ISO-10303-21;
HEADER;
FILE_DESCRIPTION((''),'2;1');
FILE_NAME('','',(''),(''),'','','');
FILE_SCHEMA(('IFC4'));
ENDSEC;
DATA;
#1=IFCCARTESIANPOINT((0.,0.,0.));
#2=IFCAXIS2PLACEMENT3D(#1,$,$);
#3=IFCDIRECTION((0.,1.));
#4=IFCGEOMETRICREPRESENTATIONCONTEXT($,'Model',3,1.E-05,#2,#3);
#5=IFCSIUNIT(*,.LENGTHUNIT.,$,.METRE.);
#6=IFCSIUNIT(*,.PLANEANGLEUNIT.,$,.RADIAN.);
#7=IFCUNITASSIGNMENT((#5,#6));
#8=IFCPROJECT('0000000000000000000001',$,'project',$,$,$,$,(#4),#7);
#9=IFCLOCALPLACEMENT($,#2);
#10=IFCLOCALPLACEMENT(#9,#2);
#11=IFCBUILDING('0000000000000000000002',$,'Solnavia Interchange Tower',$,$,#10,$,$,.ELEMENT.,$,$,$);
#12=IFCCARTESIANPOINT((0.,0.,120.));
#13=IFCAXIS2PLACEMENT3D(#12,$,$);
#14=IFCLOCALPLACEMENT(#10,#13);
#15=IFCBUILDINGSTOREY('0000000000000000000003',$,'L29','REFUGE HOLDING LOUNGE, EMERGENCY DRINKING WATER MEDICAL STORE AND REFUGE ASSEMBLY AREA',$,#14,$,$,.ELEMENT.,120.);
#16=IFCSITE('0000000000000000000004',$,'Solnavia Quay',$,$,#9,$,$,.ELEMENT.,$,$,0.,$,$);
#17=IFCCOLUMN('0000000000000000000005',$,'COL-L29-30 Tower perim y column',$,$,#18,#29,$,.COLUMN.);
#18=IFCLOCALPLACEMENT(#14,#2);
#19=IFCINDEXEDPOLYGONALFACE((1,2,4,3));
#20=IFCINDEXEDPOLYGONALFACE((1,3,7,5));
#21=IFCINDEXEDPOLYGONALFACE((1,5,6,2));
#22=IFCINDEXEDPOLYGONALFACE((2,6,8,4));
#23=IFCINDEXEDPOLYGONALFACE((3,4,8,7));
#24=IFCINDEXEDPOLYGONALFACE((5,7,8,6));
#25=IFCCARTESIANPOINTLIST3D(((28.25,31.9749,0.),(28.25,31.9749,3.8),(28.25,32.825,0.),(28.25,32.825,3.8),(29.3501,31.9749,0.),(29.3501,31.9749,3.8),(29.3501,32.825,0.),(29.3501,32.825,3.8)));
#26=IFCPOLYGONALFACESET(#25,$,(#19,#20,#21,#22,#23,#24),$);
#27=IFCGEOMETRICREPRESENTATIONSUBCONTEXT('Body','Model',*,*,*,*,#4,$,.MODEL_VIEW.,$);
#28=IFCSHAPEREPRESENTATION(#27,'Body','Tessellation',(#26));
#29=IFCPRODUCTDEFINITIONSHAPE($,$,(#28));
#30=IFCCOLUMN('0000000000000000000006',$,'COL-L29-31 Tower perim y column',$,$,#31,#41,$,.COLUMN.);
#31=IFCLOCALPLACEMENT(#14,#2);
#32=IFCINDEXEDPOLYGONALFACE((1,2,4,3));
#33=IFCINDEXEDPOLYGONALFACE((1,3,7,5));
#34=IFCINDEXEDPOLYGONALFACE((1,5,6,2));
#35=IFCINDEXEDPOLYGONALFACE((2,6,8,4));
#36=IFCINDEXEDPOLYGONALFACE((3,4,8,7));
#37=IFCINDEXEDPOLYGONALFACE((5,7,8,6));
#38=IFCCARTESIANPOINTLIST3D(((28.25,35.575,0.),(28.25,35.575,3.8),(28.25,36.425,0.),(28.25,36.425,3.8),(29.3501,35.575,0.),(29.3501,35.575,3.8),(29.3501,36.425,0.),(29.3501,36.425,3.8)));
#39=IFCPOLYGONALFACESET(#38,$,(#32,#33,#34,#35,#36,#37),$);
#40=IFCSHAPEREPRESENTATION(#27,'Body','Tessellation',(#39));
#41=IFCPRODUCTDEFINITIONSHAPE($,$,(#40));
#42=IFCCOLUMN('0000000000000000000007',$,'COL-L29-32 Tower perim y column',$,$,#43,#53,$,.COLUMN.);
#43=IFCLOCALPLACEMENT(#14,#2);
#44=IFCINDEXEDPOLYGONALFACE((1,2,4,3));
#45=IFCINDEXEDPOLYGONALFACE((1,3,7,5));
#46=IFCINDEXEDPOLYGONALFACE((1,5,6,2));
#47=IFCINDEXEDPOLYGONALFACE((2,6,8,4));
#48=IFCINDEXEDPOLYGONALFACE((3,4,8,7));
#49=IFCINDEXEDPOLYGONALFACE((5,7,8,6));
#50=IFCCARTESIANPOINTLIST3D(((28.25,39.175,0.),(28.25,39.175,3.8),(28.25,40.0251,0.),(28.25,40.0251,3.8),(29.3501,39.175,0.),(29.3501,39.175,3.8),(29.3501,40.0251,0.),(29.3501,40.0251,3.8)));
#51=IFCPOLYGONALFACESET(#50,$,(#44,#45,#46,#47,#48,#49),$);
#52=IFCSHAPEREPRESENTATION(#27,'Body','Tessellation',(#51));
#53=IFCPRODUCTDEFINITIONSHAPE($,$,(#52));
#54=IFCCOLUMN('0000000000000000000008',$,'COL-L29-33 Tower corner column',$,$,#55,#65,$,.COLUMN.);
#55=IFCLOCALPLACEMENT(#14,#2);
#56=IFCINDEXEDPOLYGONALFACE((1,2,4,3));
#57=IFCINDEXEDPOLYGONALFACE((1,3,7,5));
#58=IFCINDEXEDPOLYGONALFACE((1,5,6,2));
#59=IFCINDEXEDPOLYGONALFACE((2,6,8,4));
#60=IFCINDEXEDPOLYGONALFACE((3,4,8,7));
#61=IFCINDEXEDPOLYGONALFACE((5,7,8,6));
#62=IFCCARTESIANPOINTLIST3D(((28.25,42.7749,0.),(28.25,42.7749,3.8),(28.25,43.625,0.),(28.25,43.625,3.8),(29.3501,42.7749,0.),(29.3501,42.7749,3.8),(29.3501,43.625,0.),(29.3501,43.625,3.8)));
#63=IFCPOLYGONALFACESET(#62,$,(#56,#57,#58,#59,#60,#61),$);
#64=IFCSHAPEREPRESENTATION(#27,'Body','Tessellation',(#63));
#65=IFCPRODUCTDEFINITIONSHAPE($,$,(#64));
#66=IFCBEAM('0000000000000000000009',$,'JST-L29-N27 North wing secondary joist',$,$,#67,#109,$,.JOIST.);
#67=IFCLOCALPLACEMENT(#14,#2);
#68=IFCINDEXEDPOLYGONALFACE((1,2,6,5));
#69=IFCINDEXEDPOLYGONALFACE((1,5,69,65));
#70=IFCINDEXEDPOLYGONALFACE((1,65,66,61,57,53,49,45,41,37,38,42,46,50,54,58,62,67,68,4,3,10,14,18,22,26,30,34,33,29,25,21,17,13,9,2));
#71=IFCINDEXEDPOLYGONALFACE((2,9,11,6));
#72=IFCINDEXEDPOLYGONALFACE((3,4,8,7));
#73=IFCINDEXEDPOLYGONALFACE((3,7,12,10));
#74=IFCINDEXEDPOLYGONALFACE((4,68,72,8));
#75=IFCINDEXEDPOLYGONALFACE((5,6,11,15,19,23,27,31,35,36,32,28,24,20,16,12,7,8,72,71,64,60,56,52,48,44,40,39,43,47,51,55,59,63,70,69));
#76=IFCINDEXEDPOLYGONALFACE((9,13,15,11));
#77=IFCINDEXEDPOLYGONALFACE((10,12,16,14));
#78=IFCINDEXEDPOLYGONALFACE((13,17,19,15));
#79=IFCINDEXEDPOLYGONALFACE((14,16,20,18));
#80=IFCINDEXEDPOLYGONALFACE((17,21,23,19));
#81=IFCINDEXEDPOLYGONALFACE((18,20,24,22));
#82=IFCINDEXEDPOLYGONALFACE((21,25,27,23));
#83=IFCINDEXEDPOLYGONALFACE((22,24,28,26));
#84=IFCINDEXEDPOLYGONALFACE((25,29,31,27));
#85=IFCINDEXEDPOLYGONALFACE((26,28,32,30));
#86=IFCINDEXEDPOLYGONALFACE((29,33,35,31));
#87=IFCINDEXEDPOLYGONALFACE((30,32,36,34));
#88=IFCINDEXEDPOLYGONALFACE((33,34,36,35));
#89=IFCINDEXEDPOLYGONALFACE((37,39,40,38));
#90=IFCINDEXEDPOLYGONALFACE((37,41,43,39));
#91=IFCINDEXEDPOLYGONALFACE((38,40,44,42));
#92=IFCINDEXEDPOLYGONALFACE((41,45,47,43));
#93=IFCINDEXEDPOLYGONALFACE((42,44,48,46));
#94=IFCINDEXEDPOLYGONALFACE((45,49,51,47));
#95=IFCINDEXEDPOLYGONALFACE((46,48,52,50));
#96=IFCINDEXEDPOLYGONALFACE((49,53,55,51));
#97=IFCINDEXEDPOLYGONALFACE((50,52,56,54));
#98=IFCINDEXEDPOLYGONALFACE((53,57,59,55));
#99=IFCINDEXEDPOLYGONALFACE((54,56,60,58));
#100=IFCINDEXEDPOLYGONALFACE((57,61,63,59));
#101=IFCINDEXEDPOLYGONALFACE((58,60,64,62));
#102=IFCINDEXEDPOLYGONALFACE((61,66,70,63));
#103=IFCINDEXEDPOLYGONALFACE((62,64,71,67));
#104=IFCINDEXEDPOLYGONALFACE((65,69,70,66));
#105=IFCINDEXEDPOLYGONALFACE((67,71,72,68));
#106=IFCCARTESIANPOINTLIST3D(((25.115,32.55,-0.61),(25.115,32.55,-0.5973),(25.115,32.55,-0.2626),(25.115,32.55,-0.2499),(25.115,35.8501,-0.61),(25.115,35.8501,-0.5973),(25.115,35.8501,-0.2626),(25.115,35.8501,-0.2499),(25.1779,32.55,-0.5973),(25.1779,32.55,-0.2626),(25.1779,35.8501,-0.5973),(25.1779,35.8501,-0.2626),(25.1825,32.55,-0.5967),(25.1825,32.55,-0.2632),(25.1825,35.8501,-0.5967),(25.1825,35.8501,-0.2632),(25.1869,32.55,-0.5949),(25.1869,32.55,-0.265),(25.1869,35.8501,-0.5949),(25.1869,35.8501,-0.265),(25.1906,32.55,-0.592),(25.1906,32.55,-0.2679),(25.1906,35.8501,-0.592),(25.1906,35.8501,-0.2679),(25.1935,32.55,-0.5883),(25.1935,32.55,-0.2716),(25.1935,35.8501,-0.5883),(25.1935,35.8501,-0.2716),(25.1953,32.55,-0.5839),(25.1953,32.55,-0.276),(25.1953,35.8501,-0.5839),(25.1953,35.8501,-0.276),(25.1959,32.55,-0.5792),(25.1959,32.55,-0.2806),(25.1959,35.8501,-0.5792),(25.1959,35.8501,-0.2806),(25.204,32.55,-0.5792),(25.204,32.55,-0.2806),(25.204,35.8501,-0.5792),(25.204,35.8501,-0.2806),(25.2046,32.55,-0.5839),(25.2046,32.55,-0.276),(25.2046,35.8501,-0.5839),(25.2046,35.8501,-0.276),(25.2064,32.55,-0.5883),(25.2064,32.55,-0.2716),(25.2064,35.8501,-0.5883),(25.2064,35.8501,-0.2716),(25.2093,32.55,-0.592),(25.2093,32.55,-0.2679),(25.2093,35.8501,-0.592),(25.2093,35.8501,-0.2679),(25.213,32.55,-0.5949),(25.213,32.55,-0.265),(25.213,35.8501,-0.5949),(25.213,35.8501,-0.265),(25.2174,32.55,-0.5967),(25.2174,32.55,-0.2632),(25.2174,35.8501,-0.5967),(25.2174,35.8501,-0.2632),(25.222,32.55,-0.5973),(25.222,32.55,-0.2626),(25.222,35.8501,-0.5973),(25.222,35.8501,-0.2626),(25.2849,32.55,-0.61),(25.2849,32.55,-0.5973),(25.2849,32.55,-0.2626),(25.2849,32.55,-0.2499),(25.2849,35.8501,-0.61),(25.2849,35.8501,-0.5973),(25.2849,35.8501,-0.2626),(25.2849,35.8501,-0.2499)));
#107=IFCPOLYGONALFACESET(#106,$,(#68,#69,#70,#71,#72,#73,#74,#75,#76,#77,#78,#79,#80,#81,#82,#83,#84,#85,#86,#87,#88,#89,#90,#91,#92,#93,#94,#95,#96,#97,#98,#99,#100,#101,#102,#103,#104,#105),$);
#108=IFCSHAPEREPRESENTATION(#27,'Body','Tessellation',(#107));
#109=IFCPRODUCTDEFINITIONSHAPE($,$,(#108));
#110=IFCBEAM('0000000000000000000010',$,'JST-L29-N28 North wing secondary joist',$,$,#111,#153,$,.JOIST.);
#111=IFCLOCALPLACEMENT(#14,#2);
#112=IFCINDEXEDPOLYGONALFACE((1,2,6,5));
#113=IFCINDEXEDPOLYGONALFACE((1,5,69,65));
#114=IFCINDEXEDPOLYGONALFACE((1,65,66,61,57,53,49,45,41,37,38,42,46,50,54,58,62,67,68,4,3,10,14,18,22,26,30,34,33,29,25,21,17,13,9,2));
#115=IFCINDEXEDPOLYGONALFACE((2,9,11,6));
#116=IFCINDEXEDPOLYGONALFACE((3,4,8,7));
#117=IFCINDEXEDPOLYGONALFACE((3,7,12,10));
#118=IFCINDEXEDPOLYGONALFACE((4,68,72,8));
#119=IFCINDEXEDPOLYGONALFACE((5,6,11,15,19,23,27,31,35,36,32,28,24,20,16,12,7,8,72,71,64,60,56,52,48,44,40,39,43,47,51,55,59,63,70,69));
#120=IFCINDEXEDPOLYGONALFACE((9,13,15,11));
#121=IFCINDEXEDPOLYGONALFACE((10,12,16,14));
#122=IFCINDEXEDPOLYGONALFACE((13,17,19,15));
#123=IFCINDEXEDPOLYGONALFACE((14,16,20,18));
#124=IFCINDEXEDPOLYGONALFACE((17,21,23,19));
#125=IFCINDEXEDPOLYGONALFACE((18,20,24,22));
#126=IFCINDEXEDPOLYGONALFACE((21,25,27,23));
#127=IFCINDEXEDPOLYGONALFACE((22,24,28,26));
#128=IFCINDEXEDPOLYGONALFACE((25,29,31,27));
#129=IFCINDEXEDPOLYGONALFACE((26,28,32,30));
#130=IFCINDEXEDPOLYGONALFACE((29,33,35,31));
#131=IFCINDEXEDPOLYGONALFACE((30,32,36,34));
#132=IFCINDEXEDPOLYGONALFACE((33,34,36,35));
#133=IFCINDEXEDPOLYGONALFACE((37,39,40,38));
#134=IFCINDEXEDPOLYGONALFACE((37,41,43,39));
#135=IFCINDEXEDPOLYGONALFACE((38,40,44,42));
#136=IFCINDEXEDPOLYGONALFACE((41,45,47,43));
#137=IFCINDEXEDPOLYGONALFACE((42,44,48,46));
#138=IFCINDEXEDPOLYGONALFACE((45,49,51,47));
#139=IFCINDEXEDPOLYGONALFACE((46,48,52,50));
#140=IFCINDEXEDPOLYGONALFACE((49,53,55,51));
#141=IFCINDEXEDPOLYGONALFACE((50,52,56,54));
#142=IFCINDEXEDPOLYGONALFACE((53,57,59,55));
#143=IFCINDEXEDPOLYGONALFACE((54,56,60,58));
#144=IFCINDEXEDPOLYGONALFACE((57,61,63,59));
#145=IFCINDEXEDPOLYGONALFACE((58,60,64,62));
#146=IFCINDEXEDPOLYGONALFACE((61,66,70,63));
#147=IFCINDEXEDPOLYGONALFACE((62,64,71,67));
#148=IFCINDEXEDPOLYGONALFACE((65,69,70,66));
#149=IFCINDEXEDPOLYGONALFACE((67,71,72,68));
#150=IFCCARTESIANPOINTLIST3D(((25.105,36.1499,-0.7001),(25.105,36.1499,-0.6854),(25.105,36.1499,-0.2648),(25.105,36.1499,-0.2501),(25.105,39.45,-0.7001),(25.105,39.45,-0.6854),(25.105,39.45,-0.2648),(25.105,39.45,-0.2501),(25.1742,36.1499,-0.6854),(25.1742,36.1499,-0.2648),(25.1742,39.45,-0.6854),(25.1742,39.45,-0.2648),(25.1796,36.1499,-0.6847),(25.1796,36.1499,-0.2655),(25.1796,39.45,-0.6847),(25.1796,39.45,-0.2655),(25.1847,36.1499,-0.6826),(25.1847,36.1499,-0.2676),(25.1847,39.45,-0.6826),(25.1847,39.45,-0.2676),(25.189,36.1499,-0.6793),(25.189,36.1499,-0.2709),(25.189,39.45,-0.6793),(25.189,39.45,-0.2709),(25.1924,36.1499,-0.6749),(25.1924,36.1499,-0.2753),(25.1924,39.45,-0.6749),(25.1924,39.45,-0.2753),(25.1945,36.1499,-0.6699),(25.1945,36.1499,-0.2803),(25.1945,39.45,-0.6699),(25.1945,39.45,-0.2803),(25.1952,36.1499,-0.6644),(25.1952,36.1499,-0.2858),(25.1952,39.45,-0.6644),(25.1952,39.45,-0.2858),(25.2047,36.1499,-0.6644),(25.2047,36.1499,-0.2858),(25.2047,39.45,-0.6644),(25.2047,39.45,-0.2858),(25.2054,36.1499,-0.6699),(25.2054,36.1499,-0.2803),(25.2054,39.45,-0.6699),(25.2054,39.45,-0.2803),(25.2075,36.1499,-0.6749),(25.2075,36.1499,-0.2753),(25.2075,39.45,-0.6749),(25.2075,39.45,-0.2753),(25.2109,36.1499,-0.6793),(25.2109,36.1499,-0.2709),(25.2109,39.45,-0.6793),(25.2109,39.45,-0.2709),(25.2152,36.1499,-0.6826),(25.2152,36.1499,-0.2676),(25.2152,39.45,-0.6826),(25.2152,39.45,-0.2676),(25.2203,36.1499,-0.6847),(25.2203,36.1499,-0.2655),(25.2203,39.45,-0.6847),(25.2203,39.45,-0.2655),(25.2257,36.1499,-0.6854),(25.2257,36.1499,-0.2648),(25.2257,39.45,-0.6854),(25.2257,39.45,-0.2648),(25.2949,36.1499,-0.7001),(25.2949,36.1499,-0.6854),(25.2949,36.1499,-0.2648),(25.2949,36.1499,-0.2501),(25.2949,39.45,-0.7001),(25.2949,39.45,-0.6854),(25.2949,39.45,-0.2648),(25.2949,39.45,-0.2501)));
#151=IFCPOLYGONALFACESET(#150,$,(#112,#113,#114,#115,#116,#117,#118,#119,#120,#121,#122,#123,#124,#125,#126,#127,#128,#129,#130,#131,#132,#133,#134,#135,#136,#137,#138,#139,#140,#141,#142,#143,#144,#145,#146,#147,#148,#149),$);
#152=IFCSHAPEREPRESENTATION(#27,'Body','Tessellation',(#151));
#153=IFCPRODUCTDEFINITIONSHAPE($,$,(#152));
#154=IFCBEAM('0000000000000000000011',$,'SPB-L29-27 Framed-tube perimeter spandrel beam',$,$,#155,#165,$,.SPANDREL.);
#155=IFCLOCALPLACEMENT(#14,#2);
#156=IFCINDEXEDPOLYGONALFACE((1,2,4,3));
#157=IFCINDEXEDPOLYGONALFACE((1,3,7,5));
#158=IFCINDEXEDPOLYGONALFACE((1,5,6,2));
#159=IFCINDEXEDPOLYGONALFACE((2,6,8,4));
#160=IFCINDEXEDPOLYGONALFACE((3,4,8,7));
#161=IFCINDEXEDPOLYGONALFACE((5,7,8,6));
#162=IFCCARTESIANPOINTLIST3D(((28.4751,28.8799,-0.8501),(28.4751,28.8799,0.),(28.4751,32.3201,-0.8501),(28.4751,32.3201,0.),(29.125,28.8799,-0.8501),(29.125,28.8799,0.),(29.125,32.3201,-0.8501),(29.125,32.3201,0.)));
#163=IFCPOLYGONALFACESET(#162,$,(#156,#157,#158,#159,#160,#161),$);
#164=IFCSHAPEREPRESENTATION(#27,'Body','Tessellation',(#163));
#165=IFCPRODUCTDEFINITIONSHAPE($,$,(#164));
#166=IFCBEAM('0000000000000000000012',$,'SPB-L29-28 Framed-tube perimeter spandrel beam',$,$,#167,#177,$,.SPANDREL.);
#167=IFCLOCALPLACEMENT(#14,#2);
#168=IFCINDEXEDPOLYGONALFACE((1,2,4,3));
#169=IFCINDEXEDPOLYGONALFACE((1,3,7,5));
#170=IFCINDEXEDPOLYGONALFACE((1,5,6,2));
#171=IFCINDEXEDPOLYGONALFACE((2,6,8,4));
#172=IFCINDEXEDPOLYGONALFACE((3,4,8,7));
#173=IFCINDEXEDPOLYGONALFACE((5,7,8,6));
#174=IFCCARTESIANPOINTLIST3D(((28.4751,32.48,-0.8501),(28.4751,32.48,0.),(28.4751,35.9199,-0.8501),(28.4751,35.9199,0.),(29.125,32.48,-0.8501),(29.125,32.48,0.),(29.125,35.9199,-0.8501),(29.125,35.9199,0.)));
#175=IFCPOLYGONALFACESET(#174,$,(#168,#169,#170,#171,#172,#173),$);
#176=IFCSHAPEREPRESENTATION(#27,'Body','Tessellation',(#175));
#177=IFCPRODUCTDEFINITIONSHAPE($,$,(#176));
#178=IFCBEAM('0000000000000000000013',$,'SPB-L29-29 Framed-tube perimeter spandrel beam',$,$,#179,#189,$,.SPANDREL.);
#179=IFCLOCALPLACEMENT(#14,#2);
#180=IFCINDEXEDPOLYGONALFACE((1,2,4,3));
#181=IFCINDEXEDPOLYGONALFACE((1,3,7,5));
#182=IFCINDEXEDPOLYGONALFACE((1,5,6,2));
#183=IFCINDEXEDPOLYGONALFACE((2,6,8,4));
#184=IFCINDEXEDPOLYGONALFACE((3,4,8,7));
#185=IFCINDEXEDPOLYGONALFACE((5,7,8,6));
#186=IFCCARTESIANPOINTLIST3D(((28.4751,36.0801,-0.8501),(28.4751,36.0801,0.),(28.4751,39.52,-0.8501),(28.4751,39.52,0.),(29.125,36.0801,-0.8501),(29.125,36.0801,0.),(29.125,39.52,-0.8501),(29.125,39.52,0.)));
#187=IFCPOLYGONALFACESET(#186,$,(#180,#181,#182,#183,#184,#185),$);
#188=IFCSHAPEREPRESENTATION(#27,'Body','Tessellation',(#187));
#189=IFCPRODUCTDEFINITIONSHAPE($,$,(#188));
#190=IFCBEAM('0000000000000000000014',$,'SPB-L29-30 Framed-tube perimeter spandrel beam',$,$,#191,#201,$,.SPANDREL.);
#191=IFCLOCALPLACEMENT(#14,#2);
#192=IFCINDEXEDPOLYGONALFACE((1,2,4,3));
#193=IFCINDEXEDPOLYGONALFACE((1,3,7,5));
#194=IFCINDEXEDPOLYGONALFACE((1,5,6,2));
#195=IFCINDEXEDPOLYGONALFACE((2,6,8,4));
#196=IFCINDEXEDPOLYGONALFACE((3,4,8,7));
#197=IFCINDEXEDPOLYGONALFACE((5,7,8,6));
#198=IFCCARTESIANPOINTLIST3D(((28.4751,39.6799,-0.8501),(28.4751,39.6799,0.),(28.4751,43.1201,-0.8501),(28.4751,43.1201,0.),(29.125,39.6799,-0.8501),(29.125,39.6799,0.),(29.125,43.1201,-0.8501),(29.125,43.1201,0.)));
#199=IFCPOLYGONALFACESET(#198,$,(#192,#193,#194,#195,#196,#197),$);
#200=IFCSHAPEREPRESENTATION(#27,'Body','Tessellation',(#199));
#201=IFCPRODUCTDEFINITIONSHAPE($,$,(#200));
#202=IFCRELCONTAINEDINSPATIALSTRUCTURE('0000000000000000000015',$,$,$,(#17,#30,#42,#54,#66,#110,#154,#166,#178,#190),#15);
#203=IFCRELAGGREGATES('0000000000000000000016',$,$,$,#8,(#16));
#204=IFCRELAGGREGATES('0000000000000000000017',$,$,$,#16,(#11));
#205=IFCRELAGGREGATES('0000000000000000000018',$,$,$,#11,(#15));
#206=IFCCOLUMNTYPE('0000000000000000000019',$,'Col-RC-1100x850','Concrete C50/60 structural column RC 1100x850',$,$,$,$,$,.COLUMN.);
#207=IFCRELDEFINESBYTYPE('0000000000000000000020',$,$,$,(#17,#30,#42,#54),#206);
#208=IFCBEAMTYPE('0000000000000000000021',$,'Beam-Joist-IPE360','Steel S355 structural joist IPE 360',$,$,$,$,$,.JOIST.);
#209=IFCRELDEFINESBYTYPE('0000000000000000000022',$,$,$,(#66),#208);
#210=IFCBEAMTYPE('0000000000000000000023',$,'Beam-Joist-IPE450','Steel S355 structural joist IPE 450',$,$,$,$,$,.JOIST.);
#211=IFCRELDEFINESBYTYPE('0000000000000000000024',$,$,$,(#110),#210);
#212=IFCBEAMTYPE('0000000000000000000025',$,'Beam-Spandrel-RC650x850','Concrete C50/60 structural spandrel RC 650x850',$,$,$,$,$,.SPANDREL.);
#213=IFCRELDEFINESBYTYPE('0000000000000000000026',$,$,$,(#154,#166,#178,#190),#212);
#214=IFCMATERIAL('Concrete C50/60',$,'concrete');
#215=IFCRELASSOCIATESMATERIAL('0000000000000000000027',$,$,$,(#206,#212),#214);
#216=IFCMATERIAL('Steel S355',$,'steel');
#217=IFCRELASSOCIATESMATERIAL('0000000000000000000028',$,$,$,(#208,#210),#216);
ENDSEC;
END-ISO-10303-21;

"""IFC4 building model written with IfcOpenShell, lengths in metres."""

from ifc_helpers import new_model, si_unit, direction, frame, origin, origin_2d, place, context, subcontext, project, spatial, rectangle, i_section, extrude, material, material_profile, profile_set, type_object, element, save


model = new_model("IFC4")

# Units and contexts
model_context = context("Model", 3, precision=1e-05, world=origin(), true_north=direction((0.0, 1.0)))
body_context = subcontext(model_context, "Body", "Model", "MODEL_VIEW")
ifc_project = project(units=[si_unit("LENGTHUNIT", "METRE"), si_unit("PLANEANGLEUNIT", "RADIAN")], contexts=[model_context])

# Site, building, storey
site_placement = place(None, origin())
site = spatial("IfcSite", under=ifc_project, at=site_placement, Name="Solnavia Quay", CompositionType="ELEMENT", RefElevation=0.0)
building_placement = place(site_placement, origin())
building = spatial("IfcBuilding", under=site, at=building_placement, Name="Solnavia Interchange Tower", CompositionType="ELEMENT")
storey_placement = place(building_placement, frame((0.0, 0.0, 120.0)))
storey = spatial("IfcBuildingStorey", under=building, at=storey_placement, Name="L29", Description="REFUGE HOLDING LOUNGE, EMERGENCY DRINKING WATER MEDICAL STORE AND REFUGE ASSEMBLY AREA", CompositionType="ELEMENT", Elevation=120.0)

# Columns
ifc_material_1 = material(Name="Concrete C50/60", Category="concrete")
ifc_material_profile_1 = material_profile(ifc_material_1, rectangle(XDim=0.8501, YDim=1.1001, at=origin_2d()), Name="RC 1100x850")
ifc_profile_set_1 = profile_set([ifc_material_profile_1], Name="Concrete C50/60")
column_type = type_object("IfcColumnType", Name="Col-RC-1100x850", Description="Concrete C50/60 structural column RC 1100x850", PredefinedType="COLUMN", material=ifc_profile_set_1)
for number, where, z_axis, x_axis, name in (
    (1, (28.8, 32.3999, 0.0), (0.0, 0.0, 1.0), (0.0, 1.0, 0.0), "COL-L29-30 Tower perim y column"),
    (2, (28.8, 36.0, 0.0), (0.0, 0.0, 1.0), (0.0, 1.0, 0.0), "COL-L29-31 Tower perim y column"),
    (3, (28.8, 39.6001, 0.0), (0.0, 0.0, 1.0), (0.0, 1.0, 0.0), "COL-L29-32 Tower perim y column"),
    (4, (28.8, 43.2, 0.0), (0.0, 0.0, 1.0), (0.0, 1.0, 0.0), "COL-L29-33 Tower corner column"),
):
    element("IfcColumn", number, at=place(storey_placement, frame(where, z_axis=z_axis, x_axis=x_axis)), inside=storey, type_object=column_type, Name=name, PredefinedType="COLUMN", context=body_context, shape_type="SweptSolid", body=[
        extrude(rectangle(XDim=0.8501, YDim=1.1001, at=origin_2d()), origin(), (0.0, 0.0, 1.0), 3.8),
    ])

# Beams
ifc_material_2 = material(Name="Steel S355", Category="steel")
ifc_material_profile_2 = material_profile(ifc_material_2, i_section(OverallWidth=0.1699, OverallDepth=0.3601, WebThickness=0.0081, FlangeThickness=0.0127, FilletRadius=0.0181, at=origin_2d()), Name="IPE 360")
ifc_profile_set_2 = profile_set([ifc_material_profile_2], Name="Steel S355")
beam_type_1 = type_object("IfcBeamType", Name="Beam-Joist-IPE360", Description="Steel S355 structural joist IPE 360", PredefinedType="JOIST", material=ifc_profile_set_2)
beam_1_placement = place(storey_placement, frame((25.2, 32.55, -0.4299), z_axis=(0.0, 1.0, 0.0), x_axis=(-1.0, 0.0, 0.0)))
element("IfcBeam", 5, at=beam_1_placement, inside=storey, type_object=beam_type_1, Name="JST-L29-N27 North wing secondary joist", PredefinedType="JOIST", context=body_context, shape_type="SweptSolid", body=[
    extrude(i_section(OverallWidth=0.1699, OverallDepth=0.3601, WebThickness=0.0081, FlangeThickness=0.0127, FilletRadius=0.0181, at=origin_2d()), origin(), (0.0, 0.0, 1.0), 3.3),
])
ifc_material_profile_3 = material_profile(ifc_material_2, i_section(OverallWidth=0.1899, OverallDepth=0.45, WebThickness=0.0095, FlangeThickness=0.0146, FilletRadius=0.021, at=origin_2d()), Name="IPE 450")
ifc_profile_set_3 = profile_set([ifc_material_profile_3], Name="Steel S355")
beam_type_2 = type_object("IfcBeamType", Name="Beam-Joist-IPE450", Description="Steel S355 structural joist IPE 450", PredefinedType="JOIST", material=ifc_profile_set_3)
beam_2_placement = place(storey_placement, frame((25.2, 36.1499, -0.4751), z_axis=(0.0, 1.0, 0.0), x_axis=(-1.0, 0.0, 0.0)))
element("IfcBeam", 6, at=beam_2_placement, inside=storey, type_object=beam_type_2, Name="JST-L29-N28 North wing secondary joist", PredefinedType="JOIST", context=body_context, shape_type="SweptSolid", body=[
    extrude(i_section(OverallWidth=0.1899, OverallDepth=0.45, WebThickness=0.0095, FlangeThickness=0.0146, FilletRadius=0.021, at=origin_2d()), origin(), (0.0, 0.0, 1.0), 3.3),
])
ifc_material_profile_4 = material_profile(ifc_material_1, rectangle(XDim=0.6499, YDim=0.8501, at=origin_2d()), Name="RC 650x850")
ifc_profile_set_4 = profile_set([ifc_material_profile_4], Name="Concrete C50/60")
beam_type_3 = type_object("IfcBeamType", Name="Beam-Spandrel-RC650x850", Description="Concrete C50/60 structural spandrel RC 650x850", PredefinedType="SPANDREL", material=ifc_profile_set_4)
beam_3_placement = place(storey_placement, frame((28.8, 28.8799, -0.425), z_axis=(0.0, 1.0, 0.0), x_axis=(-1.0, 0.0, 0.0)))
element("IfcBeam", 7, at=beam_3_placement, inside=storey, type_object=beam_type_3, Name="SPB-L29-27 Framed-tube perimeter spandrel beam", PredefinedType="SPANDREL", context=body_context, shape_type="SweptSolid", body=[
    extrude(rectangle(XDim=0.6499, YDim=0.8501, at=origin_2d()), origin(), (0.0, 0.0, 1.0), 3.4402),
])
for number, where, z_axis, x_axis, name in (
    (8, (28.8, 32.48, -0.425), (0.0, 1.0, 0.0), (-1.0, 0.0, 0.0), "SPB-L29-28 Framed-tube perimeter spandrel beam"),
    (9, (28.8, 36.0801, -0.425), (0.0, 1.0, 0.0), (-1.0, 0.0, 0.0), "SPB-L29-29 Framed-tube perimeter spandrel beam"),
):
    element("IfcBeam", number, at=place(storey_placement, frame(where, z_axis=z_axis, x_axis=x_axis)), inside=storey, type_object=beam_type_3, Name=name, PredefinedType="SPANDREL", context=body_context, shape_type="SweptSolid", body=[
        extrude(rectangle(XDim=0.6499, YDim=0.8501, at=origin_2d()), origin(), (0.0, 0.0, 1.0), 3.4399),
    ])
beam_4_placement = place(storey_placement, frame((28.8, 39.6799, -0.425), z_axis=(0.0, 1.0, 0.0), x_axis=(-1.0, 0.0, 0.0)))
element("IfcBeam", 10, at=beam_4_placement, inside=storey, type_object=beam_type_3, Name="SPB-L29-30 Framed-tube perimeter spandrel beam", PredefinedType="SPANDREL", context=body_context, shape_type="SweptSolid", body=[
    extrude(rectangle(XDim=0.6499, YDim=0.8501, at=origin_2d()), origin(), (0.0, 0.0, 1.0), 3.4402),
])

save(model, "model.ifc")
